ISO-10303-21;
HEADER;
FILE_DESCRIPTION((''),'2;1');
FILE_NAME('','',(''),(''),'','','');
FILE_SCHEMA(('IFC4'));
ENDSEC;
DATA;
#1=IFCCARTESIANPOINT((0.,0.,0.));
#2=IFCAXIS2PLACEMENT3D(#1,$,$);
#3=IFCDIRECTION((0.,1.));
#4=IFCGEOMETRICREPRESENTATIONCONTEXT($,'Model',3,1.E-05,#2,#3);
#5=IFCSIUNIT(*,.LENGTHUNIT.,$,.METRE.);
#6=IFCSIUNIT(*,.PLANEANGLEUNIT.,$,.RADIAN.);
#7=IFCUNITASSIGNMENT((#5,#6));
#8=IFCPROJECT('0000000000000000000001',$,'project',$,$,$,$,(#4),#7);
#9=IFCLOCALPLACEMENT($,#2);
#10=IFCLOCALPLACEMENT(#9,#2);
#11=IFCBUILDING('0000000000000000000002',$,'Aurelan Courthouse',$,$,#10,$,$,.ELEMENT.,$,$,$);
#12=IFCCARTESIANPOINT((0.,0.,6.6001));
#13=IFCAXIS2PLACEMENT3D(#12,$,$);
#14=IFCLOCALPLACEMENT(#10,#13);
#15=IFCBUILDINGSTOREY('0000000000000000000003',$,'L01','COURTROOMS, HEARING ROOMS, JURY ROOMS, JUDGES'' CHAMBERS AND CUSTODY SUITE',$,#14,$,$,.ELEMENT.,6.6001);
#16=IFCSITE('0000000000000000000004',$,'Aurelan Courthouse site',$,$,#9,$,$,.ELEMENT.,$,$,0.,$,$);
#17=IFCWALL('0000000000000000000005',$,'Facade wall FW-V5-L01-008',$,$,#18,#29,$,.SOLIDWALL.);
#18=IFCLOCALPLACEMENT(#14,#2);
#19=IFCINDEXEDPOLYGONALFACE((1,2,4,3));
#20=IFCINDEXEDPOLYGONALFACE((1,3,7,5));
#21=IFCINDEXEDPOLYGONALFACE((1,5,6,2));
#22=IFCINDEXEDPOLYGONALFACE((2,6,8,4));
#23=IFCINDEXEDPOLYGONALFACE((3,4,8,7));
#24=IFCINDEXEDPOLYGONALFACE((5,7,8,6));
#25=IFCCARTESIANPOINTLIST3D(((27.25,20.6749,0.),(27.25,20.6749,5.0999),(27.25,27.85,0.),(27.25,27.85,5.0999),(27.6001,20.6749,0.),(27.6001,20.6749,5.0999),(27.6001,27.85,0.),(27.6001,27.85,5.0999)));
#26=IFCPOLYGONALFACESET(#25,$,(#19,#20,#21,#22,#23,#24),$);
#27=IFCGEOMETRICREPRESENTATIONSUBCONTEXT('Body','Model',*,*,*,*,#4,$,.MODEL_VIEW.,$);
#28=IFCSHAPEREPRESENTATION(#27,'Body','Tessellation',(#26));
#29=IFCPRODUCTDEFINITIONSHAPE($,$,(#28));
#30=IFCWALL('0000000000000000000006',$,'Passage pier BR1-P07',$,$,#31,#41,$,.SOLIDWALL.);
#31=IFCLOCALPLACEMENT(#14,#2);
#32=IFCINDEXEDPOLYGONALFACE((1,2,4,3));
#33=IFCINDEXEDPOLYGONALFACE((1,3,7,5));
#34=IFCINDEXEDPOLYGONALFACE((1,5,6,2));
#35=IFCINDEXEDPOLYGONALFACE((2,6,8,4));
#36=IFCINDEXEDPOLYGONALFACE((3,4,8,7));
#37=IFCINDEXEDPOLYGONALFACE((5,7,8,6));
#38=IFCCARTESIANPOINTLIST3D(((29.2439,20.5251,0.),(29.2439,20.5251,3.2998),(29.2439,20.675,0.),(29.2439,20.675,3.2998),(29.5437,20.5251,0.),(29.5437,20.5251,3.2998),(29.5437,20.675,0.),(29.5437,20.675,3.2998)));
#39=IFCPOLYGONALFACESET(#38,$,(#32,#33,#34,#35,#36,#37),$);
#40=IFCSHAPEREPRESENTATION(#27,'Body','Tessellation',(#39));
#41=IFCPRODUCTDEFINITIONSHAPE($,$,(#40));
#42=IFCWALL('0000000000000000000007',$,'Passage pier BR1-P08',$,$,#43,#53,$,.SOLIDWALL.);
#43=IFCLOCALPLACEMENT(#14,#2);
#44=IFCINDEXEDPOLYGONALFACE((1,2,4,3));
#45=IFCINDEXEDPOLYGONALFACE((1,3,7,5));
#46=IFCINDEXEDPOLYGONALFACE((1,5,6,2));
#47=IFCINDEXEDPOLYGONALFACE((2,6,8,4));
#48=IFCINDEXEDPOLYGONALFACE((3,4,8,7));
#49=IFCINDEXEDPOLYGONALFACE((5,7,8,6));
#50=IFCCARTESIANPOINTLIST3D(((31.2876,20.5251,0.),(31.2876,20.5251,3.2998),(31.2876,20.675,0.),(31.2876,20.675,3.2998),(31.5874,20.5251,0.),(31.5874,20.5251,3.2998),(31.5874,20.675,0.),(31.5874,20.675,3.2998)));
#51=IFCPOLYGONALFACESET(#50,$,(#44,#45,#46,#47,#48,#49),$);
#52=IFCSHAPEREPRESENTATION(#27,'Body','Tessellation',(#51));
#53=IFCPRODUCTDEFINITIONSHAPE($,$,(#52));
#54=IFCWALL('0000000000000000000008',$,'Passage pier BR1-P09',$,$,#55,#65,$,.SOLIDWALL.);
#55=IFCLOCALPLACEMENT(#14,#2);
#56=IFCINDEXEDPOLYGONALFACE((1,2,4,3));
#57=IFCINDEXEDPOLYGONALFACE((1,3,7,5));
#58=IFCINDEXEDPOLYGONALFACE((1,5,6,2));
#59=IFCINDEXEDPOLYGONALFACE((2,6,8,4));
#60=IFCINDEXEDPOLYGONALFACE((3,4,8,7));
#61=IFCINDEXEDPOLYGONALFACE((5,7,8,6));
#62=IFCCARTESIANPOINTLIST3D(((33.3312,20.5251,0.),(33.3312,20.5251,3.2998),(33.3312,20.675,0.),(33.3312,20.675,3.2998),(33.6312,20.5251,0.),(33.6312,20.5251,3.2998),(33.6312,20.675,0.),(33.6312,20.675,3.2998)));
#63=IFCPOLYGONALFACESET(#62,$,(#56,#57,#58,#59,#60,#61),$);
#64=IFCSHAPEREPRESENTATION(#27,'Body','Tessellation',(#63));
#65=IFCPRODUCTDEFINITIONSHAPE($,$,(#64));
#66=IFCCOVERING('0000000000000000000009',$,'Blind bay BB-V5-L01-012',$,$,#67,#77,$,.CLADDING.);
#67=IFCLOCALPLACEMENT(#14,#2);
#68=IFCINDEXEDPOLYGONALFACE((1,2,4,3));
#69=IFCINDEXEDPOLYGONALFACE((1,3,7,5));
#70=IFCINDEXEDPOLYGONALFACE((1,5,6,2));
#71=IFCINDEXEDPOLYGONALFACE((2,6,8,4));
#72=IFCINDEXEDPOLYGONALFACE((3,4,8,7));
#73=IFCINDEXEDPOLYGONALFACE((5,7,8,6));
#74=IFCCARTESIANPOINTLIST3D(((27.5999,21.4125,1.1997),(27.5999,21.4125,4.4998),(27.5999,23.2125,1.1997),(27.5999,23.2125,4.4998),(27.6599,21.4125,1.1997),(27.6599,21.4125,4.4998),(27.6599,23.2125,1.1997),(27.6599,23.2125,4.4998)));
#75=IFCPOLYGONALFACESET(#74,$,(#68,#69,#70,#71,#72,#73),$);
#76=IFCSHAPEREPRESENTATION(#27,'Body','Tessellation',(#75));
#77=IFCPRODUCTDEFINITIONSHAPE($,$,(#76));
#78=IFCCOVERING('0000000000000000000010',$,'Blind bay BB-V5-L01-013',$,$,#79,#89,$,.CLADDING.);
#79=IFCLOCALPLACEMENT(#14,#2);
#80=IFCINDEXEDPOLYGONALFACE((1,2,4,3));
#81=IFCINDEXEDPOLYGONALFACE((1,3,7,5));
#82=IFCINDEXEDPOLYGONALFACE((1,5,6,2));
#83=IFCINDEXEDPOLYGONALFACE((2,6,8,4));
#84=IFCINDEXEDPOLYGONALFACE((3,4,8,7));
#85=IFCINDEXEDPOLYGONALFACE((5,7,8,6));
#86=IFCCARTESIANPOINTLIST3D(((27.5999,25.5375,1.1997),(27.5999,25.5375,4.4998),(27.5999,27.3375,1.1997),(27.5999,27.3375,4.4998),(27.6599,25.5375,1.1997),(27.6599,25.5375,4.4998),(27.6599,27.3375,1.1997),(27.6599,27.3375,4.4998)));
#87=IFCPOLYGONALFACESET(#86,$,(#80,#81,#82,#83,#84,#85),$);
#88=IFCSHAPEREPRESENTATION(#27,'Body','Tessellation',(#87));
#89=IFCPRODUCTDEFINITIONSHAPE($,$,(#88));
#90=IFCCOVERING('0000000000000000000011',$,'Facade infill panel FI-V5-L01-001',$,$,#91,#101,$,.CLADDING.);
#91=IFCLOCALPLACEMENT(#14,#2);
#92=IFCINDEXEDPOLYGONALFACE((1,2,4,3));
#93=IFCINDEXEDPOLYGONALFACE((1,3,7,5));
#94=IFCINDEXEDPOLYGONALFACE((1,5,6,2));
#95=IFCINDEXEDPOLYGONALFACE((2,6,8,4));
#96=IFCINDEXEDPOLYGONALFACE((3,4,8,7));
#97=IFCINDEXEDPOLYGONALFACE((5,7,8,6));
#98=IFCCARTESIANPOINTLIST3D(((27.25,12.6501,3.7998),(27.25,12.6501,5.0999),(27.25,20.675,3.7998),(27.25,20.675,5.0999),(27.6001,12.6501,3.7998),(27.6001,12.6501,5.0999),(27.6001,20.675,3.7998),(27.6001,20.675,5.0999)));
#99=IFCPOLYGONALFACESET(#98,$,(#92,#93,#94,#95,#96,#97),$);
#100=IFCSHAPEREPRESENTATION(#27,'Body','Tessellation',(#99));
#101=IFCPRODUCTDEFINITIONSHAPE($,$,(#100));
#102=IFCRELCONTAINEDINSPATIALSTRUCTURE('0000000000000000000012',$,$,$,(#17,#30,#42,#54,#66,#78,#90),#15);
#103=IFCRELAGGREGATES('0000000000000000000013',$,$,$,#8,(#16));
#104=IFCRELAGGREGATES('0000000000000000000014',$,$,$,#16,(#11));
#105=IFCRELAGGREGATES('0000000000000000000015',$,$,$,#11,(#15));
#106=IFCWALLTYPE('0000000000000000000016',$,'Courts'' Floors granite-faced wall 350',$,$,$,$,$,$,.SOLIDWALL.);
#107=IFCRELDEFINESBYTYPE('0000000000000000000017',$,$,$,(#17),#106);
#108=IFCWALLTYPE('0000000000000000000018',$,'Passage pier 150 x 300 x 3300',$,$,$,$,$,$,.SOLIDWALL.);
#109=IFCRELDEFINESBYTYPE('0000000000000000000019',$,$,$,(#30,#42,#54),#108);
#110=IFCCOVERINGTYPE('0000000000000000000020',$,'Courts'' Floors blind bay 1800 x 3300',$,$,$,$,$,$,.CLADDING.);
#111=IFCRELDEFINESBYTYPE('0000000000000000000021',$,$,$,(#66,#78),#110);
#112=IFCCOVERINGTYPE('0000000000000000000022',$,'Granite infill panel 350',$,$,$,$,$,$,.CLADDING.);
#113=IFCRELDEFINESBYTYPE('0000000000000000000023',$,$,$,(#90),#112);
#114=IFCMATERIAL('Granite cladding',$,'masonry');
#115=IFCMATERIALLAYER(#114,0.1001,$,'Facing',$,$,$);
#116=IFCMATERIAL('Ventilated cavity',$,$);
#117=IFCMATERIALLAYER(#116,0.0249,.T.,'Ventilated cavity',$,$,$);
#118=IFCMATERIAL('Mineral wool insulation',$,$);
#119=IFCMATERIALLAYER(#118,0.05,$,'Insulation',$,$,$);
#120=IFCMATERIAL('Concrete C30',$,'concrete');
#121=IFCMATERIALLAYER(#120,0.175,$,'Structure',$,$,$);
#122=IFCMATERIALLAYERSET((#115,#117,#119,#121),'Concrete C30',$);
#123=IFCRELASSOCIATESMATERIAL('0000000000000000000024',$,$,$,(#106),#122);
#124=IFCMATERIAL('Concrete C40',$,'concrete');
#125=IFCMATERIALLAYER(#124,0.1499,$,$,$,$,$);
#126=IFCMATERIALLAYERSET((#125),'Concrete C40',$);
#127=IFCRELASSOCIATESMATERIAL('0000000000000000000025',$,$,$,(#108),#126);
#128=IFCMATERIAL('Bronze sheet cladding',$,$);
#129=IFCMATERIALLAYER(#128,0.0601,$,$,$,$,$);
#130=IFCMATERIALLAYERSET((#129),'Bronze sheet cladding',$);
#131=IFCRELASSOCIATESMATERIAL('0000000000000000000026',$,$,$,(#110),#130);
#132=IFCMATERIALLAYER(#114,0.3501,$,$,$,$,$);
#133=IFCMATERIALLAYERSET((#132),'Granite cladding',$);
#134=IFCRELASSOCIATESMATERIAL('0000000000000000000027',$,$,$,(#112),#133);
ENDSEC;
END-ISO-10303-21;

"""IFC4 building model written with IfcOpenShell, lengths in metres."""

from ifc_helpers import new_model, si_unit, direction, frame, frame_2d, origin, origin_2d, place, context, subcontext, project, spatial, rectangle, extrude, material, layer, layer_set, type_object, element, save


model = new_model("IFC4")

# Units and contexts
model_context = context("Model", 3, precision=1e-05, world=origin(), true_north=direction((0.0, 1.0)))
body_context = subcontext(model_context, "Body", "Model", "MODEL_VIEW")
ifc_project = project(units=[si_unit("LENGTHUNIT", "METRE"), si_unit("PLANEANGLEUNIT", "RADIAN")], contexts=[model_context])

# Site, building, storey
site_placement = place(None, origin())
site = spatial("IfcSite", under=ifc_project, at=site_placement, Name="Aurelan Courthouse site", CompositionType="ELEMENT", RefElevation=0.0)
building_placement = place(site_placement, origin())
building = spatial("IfcBuilding", under=site, at=building_placement, Name="Aurelan Courthouse", CompositionType="ELEMENT")
storey_placement = place(building_placement, frame((0.0, 0.0, 6.6001)))
storey = spatial("IfcBuildingStorey", under=building, at=storey_placement, Name="L01", Description="COURTROOMS, HEARING ROOMS, JURY ROOMS, JUDGES' CHAMBERS AND CUSTODY SUITE", CompositionType="ELEMENT", Elevation=6.6001)

# Walls
ifc_material_1 = material(Name="Granite cladding", Category="masonry")
ifc_layer_1 = layer(ifc_material_1, 0.1001, Name="Facing")
ifc_material_2 = material(Name="Ventilated cavity")
ifc_layer_2 = layer(ifc_material_2, 0.0249, ventilated=True, Name="Ventilated cavity")
ifc_material_3 = material(Name="Mineral wool insulation")
ifc_layer_3 = layer(ifc_material_3, 0.05, Name="Insulation")
ifc_material_4 = material(Name="Concrete C30", Category="concrete")
ifc_layer_4 = layer(ifc_material_4, 0.175, Name="Structure")
ifc_layer_set_1 = layer_set([ifc_layer_1, ifc_layer_2, ifc_layer_3, ifc_layer_4], Name="Concrete C30")
wall_type_1 = type_object("IfcWallType", Name="Courts' Floors granite-faced wall 350", PredefinedType="SOLIDWALL", material=ifc_layer_set_1)
wall_1_placement = place(storey_placement, frame((27.425, 20.675, 0.0), z_axis=(0.0, 0.0, 1.0), x_axis=(0.0, 1.0, 0.0)))
element("IfcWall", 1, at=wall_1_placement, inside=storey, type_object=wall_type_1, Name="Facade wall FW-V5-L01-008", PredefinedType="SOLIDWALL", context=body_context, shape_type="SweptSolid", body=[
    extrude(rectangle(XDim=7.175, YDim=0.3501, at=frame_2d((3.5874, 0.0))), origin(), (0.0, 0.0, 1.0), 5.0999),
])
ifc_material_5 = material(Name="Concrete C40", Category="concrete")
ifc_layer_5 = layer(ifc_material_5, 0.1499)
ifc_layer_set_2 = layer_set([ifc_layer_5], Name="Concrete C40")
wall_type_2 = type_object("IfcWallType", Name="Passage pier 150 x 300 x 3300", PredefinedType="SOLIDWALL", material=ifc_layer_set_2)
for number, where, z_axis, x_axis, name in (
    (2, (29.2439, 20.6001, 0.0), (0.0, 0.0, 1.0), (1.0, 0.0, 0.0), "Passage pier BR1-P07"),
    (3, (31.2876, 20.6001, 0.0), (0.0, 0.0, 1.0), (1.0, 0.0, 0.0), "Passage pier BR1-P08"),
):
    element("IfcWall", number, at=place(storey_placement, frame(where, z_axis=z_axis, x_axis=x_axis)), inside=storey, type_object=wall_type_2, Name=name, PredefinedType="SOLIDWALL", context=body_context, shape_type="SweptSolid", body=[
        extrude(rectangle(XDim=0.2998, YDim=0.1499, at=frame_2d((0.1499, 0.0))), origin(), (0.0, 0.0, 1.0), 3.2998),
    ])
wall_2_placement = place(storey_placement, frame((33.3313, 20.6001, 0.0), z_axis=(0.0, 0.0, 1.0), x_axis=(1.0, 0.0, 0.0)))
element("IfcWall", 4, at=wall_2_placement, inside=storey, type_object=wall_type_2, Name="Passage pier BR1-P09", PredefinedType="SOLIDWALL", context=body_context, shape_type="SweptSolid", body=[
    extrude(rectangle(XDim=0.3, YDim=0.1499, at=frame_2d((0.1499, 0.0))), origin(), (0.0, 0.0, 1.0), 3.2998),
])

# Coverings
ifc_material_6 = material(Name="Bronze sheet cladding")
ifc_layer_6 = layer(ifc_material_6, 0.0601)
ifc_layer_set_3 = layer_set([ifc_layer_6], Name="Bronze sheet cladding")
covering_type_1 = type_object("IfcCoveringType", Name="Courts' Floors blind bay 1800 x 3300", PredefinedType="CLADDING", material=ifc_layer_set_3)
for number, where, z_axis, x_axis, name in (
    (5, (27.6299, 22.3125, 1.1997), (0.0, 0.0, 1.0), (1.0, 0.0, 0.0), "Blind bay BB-V5-L01-012"),
    (6, (27.6299, 26.4375, 1.1997), (0.0, 0.0, 1.0), (1.0, 0.0, 0.0), "Blind bay BB-V5-L01-013"),
):
    element("IfcCovering", number, at=place(storey_placement, frame(where, z_axis=z_axis, x_axis=x_axis)), inside=storey, type_object=covering_type_1, Name=name, PredefinedType="CLADDING", context=body_context, shape_type="SweptSolid", body=[
        extrude(rectangle(XDim=0.0601, YDim=1.8, at=origin_2d()), origin(), (0.0, 0.0, 1.0), 3.3),
    ])
ifc_layer_7 = layer(ifc_material_1, 0.3501)
ifc_layer_set_4 = layer_set([ifc_layer_7], Name="Granite cladding")
covering_type_2 = type_object("IfcCoveringType", Name="Granite infill panel 350", PredefinedType="CLADDING", material=ifc_layer_set_4)
covering_placement = place(storey_placement, frame((27.425, 16.6626, 3.7998), z_axis=(0.0, 0.0, 1.0), x_axis=(1.0, 0.0, 0.0)))
element("IfcCovering", 7, at=covering_placement, inside=storey, type_object=covering_type_2, Name="Facade infill panel FI-V5-L01-001", PredefinedType="CLADDING", context=body_context, shape_type="SweptSolid", body=[
    extrude(rectangle(XDim=0.3501, YDim=8.0249, at=origin_2d()), origin(), (0.0, 0.0, 1.0), 1.3),
])

save(model, "model.ifc")
